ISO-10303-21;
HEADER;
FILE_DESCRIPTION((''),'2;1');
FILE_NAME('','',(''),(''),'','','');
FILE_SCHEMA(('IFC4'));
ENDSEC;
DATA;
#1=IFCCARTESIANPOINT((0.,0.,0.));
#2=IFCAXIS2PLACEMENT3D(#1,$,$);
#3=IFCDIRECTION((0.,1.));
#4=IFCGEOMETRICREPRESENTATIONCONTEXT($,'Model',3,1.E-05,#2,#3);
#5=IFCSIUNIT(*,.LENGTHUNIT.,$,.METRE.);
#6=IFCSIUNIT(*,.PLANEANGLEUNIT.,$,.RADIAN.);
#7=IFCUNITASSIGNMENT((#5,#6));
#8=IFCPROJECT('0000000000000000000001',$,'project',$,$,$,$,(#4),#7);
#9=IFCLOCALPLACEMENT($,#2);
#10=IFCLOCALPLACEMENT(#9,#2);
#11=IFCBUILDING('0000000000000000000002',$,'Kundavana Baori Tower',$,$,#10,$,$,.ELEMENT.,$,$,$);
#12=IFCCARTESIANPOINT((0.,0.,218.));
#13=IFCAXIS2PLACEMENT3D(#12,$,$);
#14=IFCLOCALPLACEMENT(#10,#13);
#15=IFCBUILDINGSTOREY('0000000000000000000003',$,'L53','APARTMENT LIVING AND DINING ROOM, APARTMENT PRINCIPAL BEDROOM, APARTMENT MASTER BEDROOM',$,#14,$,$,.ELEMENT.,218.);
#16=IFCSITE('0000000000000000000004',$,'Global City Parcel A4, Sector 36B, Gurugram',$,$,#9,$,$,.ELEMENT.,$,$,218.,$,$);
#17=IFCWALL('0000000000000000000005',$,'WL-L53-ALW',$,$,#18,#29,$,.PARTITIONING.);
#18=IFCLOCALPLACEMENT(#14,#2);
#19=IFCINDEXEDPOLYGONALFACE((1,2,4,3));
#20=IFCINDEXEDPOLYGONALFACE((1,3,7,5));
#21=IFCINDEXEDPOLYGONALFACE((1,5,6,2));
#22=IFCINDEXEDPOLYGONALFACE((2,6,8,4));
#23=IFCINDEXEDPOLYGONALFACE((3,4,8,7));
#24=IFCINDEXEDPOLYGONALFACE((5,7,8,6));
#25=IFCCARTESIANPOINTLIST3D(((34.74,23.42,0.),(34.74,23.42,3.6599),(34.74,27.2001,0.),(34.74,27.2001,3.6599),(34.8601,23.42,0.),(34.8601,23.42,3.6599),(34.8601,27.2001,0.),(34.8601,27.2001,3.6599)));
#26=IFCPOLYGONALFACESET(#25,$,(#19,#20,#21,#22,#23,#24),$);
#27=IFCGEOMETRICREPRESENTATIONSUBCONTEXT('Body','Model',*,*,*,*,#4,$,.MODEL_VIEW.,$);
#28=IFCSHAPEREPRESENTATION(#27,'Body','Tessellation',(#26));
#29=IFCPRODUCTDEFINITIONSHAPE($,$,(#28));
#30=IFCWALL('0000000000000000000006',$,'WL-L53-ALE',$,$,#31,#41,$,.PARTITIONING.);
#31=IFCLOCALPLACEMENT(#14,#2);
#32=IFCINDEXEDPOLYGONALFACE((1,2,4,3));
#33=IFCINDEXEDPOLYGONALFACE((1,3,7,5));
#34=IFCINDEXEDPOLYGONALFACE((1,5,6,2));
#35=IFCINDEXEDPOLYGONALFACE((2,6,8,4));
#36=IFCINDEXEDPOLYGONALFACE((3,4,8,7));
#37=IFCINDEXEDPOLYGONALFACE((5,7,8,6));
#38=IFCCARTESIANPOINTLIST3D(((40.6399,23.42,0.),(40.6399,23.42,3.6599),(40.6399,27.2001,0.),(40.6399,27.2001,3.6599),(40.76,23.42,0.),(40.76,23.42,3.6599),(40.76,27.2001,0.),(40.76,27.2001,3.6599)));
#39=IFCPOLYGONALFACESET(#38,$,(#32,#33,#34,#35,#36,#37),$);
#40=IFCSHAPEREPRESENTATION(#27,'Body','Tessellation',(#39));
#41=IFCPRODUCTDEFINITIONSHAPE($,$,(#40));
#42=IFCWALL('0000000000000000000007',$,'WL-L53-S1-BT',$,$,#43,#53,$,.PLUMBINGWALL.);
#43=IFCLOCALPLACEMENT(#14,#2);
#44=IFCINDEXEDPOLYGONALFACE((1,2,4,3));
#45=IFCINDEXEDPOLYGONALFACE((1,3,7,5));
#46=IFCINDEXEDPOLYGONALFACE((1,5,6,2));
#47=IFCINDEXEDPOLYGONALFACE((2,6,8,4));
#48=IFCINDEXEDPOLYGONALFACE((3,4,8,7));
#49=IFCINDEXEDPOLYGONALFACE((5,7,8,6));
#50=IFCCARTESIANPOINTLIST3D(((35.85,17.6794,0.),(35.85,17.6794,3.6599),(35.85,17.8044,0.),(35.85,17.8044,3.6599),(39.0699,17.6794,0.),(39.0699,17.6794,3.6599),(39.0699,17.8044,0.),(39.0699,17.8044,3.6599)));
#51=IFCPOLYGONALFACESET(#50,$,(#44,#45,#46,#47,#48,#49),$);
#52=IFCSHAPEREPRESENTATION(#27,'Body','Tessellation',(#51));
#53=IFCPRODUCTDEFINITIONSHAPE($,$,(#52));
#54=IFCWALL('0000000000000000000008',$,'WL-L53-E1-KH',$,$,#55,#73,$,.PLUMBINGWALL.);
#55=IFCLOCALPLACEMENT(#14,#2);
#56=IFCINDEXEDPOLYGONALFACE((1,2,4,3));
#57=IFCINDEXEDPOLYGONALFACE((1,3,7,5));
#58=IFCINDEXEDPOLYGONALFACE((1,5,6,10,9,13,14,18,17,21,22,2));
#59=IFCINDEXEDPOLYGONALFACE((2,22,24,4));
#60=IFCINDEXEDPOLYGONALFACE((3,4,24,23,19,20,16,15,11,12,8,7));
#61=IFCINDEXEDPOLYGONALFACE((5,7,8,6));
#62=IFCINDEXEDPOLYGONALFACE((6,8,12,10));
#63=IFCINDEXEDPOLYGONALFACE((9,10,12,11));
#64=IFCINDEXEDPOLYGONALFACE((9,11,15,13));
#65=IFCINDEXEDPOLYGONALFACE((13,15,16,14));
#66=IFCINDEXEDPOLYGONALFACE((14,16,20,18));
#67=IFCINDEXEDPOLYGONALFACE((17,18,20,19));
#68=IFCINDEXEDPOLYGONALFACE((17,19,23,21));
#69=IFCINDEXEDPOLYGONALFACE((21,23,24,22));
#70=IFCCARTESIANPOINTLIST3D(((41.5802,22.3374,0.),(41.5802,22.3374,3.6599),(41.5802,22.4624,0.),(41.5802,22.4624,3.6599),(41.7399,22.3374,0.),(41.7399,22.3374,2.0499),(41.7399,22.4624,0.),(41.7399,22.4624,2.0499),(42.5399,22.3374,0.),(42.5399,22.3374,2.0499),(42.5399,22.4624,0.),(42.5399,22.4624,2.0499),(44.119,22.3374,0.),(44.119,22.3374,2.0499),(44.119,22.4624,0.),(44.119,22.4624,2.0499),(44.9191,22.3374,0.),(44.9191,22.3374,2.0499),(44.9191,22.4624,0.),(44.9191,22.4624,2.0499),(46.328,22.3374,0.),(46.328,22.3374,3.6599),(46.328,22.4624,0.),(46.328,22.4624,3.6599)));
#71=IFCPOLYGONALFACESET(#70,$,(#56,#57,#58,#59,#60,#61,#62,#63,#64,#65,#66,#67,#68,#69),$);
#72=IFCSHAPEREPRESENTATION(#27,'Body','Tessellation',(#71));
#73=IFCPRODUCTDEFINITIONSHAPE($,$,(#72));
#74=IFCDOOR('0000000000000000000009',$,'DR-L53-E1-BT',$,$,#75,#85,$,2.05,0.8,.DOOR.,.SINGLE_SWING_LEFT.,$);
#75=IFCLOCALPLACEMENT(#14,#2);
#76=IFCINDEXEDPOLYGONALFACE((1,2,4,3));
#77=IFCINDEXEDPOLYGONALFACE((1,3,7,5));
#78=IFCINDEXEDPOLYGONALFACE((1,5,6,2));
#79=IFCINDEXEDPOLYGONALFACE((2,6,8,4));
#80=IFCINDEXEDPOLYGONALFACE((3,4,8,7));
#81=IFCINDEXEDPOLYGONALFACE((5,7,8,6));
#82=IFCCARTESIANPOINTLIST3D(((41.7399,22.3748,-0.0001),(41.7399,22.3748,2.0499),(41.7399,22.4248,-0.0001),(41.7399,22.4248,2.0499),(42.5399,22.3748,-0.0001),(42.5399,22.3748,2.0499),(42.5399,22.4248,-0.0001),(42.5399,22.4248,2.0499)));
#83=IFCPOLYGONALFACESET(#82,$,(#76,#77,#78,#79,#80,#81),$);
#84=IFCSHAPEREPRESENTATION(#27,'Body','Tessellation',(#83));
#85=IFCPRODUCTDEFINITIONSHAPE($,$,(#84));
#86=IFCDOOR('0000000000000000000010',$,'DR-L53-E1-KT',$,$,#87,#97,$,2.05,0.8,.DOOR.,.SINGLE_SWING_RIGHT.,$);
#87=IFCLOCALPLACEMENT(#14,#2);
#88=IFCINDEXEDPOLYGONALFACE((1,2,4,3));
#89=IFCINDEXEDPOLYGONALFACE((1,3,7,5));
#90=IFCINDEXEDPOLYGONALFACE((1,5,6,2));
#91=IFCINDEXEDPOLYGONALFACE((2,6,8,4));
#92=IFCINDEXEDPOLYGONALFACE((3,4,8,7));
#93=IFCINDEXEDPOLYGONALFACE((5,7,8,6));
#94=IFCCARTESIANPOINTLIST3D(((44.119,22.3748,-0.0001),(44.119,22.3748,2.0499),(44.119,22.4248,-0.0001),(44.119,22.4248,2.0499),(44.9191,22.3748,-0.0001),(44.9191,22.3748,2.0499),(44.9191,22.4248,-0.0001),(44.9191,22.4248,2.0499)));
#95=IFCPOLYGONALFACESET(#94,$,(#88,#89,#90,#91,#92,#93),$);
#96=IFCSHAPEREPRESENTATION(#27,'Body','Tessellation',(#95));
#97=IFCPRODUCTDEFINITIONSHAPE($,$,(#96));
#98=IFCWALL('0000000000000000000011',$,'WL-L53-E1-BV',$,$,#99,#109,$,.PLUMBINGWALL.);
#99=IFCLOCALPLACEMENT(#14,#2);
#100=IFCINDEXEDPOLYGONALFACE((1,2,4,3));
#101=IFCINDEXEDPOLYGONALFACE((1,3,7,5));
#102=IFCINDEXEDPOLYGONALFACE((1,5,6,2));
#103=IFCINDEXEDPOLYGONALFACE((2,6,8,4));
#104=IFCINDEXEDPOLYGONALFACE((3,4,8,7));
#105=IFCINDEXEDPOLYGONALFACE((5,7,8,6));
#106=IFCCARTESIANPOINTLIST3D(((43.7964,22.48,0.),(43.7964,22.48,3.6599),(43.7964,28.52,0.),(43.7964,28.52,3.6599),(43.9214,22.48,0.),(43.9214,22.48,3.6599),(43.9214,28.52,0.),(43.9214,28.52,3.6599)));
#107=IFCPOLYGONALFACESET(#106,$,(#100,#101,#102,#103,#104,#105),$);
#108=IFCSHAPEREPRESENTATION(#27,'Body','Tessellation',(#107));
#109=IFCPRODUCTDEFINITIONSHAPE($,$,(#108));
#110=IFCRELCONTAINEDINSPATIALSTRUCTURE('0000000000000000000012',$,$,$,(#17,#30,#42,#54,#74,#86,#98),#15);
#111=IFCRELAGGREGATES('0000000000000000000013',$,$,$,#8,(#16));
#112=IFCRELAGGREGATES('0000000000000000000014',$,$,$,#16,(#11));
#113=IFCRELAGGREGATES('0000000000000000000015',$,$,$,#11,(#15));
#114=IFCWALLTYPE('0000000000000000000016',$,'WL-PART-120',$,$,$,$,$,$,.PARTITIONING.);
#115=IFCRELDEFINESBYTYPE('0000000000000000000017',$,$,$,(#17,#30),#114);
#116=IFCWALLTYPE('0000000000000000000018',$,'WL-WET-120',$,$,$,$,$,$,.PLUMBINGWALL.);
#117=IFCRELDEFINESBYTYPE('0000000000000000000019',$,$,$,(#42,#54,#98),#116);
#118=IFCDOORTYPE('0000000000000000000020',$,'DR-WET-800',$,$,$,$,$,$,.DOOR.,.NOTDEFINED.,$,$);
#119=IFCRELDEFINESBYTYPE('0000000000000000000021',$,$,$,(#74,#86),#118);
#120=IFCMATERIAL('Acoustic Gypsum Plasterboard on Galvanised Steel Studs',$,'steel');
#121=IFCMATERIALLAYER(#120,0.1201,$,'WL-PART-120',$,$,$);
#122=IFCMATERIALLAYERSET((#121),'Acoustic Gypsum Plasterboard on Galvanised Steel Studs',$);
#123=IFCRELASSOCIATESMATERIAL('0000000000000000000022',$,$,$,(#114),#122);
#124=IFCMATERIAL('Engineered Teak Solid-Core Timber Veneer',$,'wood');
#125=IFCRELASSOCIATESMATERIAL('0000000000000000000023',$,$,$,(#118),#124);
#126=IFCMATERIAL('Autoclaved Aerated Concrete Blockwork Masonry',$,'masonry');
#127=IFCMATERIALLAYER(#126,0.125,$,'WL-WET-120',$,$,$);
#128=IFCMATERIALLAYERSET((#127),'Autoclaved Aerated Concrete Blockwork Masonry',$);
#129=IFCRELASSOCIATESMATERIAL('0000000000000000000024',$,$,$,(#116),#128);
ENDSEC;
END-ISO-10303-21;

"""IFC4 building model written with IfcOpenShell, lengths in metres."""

from ifc_helpers import new_model, si_unit, direction, frame, frame_2d, origin, place, context, subcontext, project, spatial, rectangle, extrude, material, layer, layer_set, type_object, element, fill, save


model = new_model("IFC4")

# Units and contexts
model_context = context("Model", 3, precision=1e-05, world=origin(), true_north=direction((0.0, 1.0)))
body_context = subcontext(model_context, "Body", "Model", "MODEL_VIEW")
ifc_project = project(units=[si_unit("LENGTHUNIT", "METRE"), si_unit("PLANEANGLEUNIT", "RADIAN")], contexts=[model_context])

# Site, building, storey
site_placement = place(None, origin())
site = spatial("IfcSite", under=ifc_project, at=site_placement, Name="Global City Parcel A4, Sector 36B, Gurugram", CompositionType="ELEMENT", RefElevation=218.0)
building_placement = place(site_placement, origin())
building = spatial("IfcBuilding", under=site, at=building_placement, Name="Kundavana Baori Tower", CompositionType="ELEMENT")
storey_placement = place(building_placement, frame((0.0, 0.0, 218.0)))
storey = spatial("IfcBuildingStorey", under=building, at=storey_placement, Name="L53", Description="APARTMENT LIVING AND DINING ROOM, APARTMENT PRINCIPAL BEDROOM, APARTMENT MASTER BEDROOM", CompositionType="ELEMENT", Elevation=218.0)

# Shared definitions
ifc_material_1 = material(Name="Acoustic Gypsum Plasterboard on Galvanised Steel Studs", Category="steel")
ifc_layer_1 = layer(ifc_material_1, 0.1201, Name="WL-PART-120")
ifc_layer_set_1 = layer_set([ifc_layer_1], Name="Acoustic Gypsum Plasterboard on Galvanised Steel Studs")
wall_type_1 = type_object("IfcWallType", Name="WL-PART-120", PredefinedType="PARTITIONING", material=ifc_layer_set_1)

# Shared definitions
ifc_material_2 = material(Name="Engineered Teak Solid-Core Timber Veneer", Category="wood")
door_type_1 = type_object("IfcDoorType", Name="DR-WET-800", OperationType="NOTDEFINED", PredefinedType="DOOR", material=ifc_material_2)

# Walls
for number, where, z_axis, x_axis, name in (
    (1, (34.8, 23.4199, 0.0), (0.0, 0.0, 1.0), (0.0, 1.0, 0.0), "WL-L53-ALW"),
    (2, (40.7, 23.4199, 0.0), (0.0, 0.0, 1.0), (0.0, 1.0, 0.0), "WL-L53-ALE"),
):
    element("IfcWall", number, at=place(storey_placement, frame(where, z_axis=z_axis, x_axis=x_axis)), inside=storey, type_object=wall_type_1, Name=name, PredefinedType="PARTITIONING", context=body_context, shape_type="SweptSolid", body=[
        extrude(rectangle(XDim=3.78, YDim=0.1201, at=frame_2d((1.8901, 0.0))), origin(), (0.0, 0.0, 1.0), 3.6599),
    ])
ifc_material_3 = material(Name="Autoclaved Aerated Concrete Blockwork Masonry", Category="masonry")
ifc_layer_2 = layer(ifc_material_3, 0.125, Name="WL-WET-120")
ifc_layer_set_2 = layer_set([ifc_layer_2], Name="Autoclaved Aerated Concrete Blockwork Masonry")
wall_type_2 = type_object("IfcWallType", Name="WL-WET-120", PredefinedType="PLUMBINGWALL", material=ifc_layer_set_2)
wall_1_placement = place(storey_placement, frame((35.8501, 17.7419, 0.0), z_axis=(0.0, 0.0, 1.0), x_axis=(1.0, 0.0, 0.0)))
element("IfcWall", 3, at=wall_1_placement, inside=storey, type_object=wall_type_2, Name="WL-L53-S1-BT", PredefinedType="PLUMBINGWALL", context=body_context, shape_type="SweptSolid", body=[
    extrude(rectangle(XDim=3.22, YDim=0.125, at=frame_2d((1.6099, 0.0))), origin(), (0.0, 0.0, 1.0), 3.6599),
])

# Wall, openings, doors
wall_2_placement = place(storey_placement, frame((41.5801, 22.3999, 0.0), z_axis=(0.0, 0.0, 1.0), x_axis=(1.0, 0.0, 0.0)))
wall_2 = element("IfcWall", 4, at=wall_2_placement, inside=storey, type_object=wall_type_2, Name="WL-L53-E1-KH", PredefinedType="PLUMBINGWALL", context=body_context, shape_type="SweptSolid", body=[
    extrude(rectangle(XDim=4.7478, YDim=0.125, at=frame_2d((2.374, 0.0))), origin(), (0.0, 0.0, 1.0), 3.6599),
])
opening_1_placement = place(wall_2_placement, frame((0.1599, 0.0, 0.0)))
opening_1 = element("IfcOpeningElement", 5, at=opening_1_placement, cuts=wall_2, PredefinedType="OPENING", context=body_context, shape_type="SweptSolid", body=[
    extrude(rectangle(XDim=0.8, YDim=2.05, at=frame_2d((0.3999, 1.0249))), frame((0.0, 0.0725, 0.0), z_axis=(0.0, -1.0, 0.0), x_axis=(1.0, 0.0, 0.0)), (0.0, 0.0, 1.0), 0.145),
])
opening_2_placement = place(wall_2_placement, frame((2.5391, 0.0, 0.0)))
opening_2 = element("IfcOpeningElement", 6, at=opening_2_placement, cuts=wall_2, PredefinedType="OPENING", context=body_context, shape_type="SweptSolid", body=[
    extrude(rectangle(XDim=0.8, YDim=2.05, at=frame_2d((0.3999, 1.0249))), frame((0.0, 0.0725, 0.0), z_axis=(0.0, -1.0, 0.0), x_axis=(1.0, 0.0, 0.0)), (0.0, 0.0, 1.0), 0.145),
])
door_1_placement = place(opening_1_placement, origin())
door_1 = element("IfcDoor", 7, at=door_1_placement, inside=storey, type_object=door_type_1, Name="DR-L53-E1-BT", OperationType="SINGLE_SWING_LEFT", OverallHeight=2.05, OverallWidth=0.8, PredefinedType="DOOR", context=body_context, shape_type="SweptSolid", body=[
    extrude(rectangle(XDim=0.8, YDim=2.05, at=frame_2d((0.3999, 1.0249))), frame((0.0, 0.0249, 0.0), z_axis=(0.0, -1.0, 0.0), x_axis=(1.0, 0.0, 0.0)), (0.0, 0.0, 1.0), 0.05),
])
fill(opening_1, door_1)
door_2_placement = place(opening_2_placement, origin())
door_2 = element("IfcDoor", 8, at=door_2_placement, inside=storey, type_object=door_type_1, Name="DR-L53-E1-KT", OperationType="SINGLE_SWING_RIGHT", OverallHeight=2.05, OverallWidth=0.8, PredefinedType="DOOR", context=body_context, shape_type="SweptSolid", body=[
    extrude(rectangle(XDim=0.8, YDim=2.05, at=frame_2d((0.3999, 1.0249))), frame((0.0, 0.0249, 0.0), z_axis=(0.0, -1.0, 0.0), x_axis=(1.0, 0.0, 0.0)), (0.0, 0.0, 1.0), 0.05),
])
fill(opening_2, door_2)

# Wall
wall_3_placement = place(storey_placement, frame((43.8589, 22.48, 0.0), z_axis=(0.0, 0.0, 1.0), x_axis=(0.0, 1.0, 0.0)))
element("IfcWall", 9, at=wall_3_placement, inside=storey, type_object=wall_type_2, Name="WL-L53-E1-BV", PredefinedType="PLUMBINGWALL", context=body_context, shape_type="SweptSolid", body=[
    extrude(rectangle(XDim=6.04, YDim=0.125, at=frame_2d((3.02, 0.0))), origin(), (0.0, 0.0, 1.0), 3.6599),
])

save(model, "model.ifc")
